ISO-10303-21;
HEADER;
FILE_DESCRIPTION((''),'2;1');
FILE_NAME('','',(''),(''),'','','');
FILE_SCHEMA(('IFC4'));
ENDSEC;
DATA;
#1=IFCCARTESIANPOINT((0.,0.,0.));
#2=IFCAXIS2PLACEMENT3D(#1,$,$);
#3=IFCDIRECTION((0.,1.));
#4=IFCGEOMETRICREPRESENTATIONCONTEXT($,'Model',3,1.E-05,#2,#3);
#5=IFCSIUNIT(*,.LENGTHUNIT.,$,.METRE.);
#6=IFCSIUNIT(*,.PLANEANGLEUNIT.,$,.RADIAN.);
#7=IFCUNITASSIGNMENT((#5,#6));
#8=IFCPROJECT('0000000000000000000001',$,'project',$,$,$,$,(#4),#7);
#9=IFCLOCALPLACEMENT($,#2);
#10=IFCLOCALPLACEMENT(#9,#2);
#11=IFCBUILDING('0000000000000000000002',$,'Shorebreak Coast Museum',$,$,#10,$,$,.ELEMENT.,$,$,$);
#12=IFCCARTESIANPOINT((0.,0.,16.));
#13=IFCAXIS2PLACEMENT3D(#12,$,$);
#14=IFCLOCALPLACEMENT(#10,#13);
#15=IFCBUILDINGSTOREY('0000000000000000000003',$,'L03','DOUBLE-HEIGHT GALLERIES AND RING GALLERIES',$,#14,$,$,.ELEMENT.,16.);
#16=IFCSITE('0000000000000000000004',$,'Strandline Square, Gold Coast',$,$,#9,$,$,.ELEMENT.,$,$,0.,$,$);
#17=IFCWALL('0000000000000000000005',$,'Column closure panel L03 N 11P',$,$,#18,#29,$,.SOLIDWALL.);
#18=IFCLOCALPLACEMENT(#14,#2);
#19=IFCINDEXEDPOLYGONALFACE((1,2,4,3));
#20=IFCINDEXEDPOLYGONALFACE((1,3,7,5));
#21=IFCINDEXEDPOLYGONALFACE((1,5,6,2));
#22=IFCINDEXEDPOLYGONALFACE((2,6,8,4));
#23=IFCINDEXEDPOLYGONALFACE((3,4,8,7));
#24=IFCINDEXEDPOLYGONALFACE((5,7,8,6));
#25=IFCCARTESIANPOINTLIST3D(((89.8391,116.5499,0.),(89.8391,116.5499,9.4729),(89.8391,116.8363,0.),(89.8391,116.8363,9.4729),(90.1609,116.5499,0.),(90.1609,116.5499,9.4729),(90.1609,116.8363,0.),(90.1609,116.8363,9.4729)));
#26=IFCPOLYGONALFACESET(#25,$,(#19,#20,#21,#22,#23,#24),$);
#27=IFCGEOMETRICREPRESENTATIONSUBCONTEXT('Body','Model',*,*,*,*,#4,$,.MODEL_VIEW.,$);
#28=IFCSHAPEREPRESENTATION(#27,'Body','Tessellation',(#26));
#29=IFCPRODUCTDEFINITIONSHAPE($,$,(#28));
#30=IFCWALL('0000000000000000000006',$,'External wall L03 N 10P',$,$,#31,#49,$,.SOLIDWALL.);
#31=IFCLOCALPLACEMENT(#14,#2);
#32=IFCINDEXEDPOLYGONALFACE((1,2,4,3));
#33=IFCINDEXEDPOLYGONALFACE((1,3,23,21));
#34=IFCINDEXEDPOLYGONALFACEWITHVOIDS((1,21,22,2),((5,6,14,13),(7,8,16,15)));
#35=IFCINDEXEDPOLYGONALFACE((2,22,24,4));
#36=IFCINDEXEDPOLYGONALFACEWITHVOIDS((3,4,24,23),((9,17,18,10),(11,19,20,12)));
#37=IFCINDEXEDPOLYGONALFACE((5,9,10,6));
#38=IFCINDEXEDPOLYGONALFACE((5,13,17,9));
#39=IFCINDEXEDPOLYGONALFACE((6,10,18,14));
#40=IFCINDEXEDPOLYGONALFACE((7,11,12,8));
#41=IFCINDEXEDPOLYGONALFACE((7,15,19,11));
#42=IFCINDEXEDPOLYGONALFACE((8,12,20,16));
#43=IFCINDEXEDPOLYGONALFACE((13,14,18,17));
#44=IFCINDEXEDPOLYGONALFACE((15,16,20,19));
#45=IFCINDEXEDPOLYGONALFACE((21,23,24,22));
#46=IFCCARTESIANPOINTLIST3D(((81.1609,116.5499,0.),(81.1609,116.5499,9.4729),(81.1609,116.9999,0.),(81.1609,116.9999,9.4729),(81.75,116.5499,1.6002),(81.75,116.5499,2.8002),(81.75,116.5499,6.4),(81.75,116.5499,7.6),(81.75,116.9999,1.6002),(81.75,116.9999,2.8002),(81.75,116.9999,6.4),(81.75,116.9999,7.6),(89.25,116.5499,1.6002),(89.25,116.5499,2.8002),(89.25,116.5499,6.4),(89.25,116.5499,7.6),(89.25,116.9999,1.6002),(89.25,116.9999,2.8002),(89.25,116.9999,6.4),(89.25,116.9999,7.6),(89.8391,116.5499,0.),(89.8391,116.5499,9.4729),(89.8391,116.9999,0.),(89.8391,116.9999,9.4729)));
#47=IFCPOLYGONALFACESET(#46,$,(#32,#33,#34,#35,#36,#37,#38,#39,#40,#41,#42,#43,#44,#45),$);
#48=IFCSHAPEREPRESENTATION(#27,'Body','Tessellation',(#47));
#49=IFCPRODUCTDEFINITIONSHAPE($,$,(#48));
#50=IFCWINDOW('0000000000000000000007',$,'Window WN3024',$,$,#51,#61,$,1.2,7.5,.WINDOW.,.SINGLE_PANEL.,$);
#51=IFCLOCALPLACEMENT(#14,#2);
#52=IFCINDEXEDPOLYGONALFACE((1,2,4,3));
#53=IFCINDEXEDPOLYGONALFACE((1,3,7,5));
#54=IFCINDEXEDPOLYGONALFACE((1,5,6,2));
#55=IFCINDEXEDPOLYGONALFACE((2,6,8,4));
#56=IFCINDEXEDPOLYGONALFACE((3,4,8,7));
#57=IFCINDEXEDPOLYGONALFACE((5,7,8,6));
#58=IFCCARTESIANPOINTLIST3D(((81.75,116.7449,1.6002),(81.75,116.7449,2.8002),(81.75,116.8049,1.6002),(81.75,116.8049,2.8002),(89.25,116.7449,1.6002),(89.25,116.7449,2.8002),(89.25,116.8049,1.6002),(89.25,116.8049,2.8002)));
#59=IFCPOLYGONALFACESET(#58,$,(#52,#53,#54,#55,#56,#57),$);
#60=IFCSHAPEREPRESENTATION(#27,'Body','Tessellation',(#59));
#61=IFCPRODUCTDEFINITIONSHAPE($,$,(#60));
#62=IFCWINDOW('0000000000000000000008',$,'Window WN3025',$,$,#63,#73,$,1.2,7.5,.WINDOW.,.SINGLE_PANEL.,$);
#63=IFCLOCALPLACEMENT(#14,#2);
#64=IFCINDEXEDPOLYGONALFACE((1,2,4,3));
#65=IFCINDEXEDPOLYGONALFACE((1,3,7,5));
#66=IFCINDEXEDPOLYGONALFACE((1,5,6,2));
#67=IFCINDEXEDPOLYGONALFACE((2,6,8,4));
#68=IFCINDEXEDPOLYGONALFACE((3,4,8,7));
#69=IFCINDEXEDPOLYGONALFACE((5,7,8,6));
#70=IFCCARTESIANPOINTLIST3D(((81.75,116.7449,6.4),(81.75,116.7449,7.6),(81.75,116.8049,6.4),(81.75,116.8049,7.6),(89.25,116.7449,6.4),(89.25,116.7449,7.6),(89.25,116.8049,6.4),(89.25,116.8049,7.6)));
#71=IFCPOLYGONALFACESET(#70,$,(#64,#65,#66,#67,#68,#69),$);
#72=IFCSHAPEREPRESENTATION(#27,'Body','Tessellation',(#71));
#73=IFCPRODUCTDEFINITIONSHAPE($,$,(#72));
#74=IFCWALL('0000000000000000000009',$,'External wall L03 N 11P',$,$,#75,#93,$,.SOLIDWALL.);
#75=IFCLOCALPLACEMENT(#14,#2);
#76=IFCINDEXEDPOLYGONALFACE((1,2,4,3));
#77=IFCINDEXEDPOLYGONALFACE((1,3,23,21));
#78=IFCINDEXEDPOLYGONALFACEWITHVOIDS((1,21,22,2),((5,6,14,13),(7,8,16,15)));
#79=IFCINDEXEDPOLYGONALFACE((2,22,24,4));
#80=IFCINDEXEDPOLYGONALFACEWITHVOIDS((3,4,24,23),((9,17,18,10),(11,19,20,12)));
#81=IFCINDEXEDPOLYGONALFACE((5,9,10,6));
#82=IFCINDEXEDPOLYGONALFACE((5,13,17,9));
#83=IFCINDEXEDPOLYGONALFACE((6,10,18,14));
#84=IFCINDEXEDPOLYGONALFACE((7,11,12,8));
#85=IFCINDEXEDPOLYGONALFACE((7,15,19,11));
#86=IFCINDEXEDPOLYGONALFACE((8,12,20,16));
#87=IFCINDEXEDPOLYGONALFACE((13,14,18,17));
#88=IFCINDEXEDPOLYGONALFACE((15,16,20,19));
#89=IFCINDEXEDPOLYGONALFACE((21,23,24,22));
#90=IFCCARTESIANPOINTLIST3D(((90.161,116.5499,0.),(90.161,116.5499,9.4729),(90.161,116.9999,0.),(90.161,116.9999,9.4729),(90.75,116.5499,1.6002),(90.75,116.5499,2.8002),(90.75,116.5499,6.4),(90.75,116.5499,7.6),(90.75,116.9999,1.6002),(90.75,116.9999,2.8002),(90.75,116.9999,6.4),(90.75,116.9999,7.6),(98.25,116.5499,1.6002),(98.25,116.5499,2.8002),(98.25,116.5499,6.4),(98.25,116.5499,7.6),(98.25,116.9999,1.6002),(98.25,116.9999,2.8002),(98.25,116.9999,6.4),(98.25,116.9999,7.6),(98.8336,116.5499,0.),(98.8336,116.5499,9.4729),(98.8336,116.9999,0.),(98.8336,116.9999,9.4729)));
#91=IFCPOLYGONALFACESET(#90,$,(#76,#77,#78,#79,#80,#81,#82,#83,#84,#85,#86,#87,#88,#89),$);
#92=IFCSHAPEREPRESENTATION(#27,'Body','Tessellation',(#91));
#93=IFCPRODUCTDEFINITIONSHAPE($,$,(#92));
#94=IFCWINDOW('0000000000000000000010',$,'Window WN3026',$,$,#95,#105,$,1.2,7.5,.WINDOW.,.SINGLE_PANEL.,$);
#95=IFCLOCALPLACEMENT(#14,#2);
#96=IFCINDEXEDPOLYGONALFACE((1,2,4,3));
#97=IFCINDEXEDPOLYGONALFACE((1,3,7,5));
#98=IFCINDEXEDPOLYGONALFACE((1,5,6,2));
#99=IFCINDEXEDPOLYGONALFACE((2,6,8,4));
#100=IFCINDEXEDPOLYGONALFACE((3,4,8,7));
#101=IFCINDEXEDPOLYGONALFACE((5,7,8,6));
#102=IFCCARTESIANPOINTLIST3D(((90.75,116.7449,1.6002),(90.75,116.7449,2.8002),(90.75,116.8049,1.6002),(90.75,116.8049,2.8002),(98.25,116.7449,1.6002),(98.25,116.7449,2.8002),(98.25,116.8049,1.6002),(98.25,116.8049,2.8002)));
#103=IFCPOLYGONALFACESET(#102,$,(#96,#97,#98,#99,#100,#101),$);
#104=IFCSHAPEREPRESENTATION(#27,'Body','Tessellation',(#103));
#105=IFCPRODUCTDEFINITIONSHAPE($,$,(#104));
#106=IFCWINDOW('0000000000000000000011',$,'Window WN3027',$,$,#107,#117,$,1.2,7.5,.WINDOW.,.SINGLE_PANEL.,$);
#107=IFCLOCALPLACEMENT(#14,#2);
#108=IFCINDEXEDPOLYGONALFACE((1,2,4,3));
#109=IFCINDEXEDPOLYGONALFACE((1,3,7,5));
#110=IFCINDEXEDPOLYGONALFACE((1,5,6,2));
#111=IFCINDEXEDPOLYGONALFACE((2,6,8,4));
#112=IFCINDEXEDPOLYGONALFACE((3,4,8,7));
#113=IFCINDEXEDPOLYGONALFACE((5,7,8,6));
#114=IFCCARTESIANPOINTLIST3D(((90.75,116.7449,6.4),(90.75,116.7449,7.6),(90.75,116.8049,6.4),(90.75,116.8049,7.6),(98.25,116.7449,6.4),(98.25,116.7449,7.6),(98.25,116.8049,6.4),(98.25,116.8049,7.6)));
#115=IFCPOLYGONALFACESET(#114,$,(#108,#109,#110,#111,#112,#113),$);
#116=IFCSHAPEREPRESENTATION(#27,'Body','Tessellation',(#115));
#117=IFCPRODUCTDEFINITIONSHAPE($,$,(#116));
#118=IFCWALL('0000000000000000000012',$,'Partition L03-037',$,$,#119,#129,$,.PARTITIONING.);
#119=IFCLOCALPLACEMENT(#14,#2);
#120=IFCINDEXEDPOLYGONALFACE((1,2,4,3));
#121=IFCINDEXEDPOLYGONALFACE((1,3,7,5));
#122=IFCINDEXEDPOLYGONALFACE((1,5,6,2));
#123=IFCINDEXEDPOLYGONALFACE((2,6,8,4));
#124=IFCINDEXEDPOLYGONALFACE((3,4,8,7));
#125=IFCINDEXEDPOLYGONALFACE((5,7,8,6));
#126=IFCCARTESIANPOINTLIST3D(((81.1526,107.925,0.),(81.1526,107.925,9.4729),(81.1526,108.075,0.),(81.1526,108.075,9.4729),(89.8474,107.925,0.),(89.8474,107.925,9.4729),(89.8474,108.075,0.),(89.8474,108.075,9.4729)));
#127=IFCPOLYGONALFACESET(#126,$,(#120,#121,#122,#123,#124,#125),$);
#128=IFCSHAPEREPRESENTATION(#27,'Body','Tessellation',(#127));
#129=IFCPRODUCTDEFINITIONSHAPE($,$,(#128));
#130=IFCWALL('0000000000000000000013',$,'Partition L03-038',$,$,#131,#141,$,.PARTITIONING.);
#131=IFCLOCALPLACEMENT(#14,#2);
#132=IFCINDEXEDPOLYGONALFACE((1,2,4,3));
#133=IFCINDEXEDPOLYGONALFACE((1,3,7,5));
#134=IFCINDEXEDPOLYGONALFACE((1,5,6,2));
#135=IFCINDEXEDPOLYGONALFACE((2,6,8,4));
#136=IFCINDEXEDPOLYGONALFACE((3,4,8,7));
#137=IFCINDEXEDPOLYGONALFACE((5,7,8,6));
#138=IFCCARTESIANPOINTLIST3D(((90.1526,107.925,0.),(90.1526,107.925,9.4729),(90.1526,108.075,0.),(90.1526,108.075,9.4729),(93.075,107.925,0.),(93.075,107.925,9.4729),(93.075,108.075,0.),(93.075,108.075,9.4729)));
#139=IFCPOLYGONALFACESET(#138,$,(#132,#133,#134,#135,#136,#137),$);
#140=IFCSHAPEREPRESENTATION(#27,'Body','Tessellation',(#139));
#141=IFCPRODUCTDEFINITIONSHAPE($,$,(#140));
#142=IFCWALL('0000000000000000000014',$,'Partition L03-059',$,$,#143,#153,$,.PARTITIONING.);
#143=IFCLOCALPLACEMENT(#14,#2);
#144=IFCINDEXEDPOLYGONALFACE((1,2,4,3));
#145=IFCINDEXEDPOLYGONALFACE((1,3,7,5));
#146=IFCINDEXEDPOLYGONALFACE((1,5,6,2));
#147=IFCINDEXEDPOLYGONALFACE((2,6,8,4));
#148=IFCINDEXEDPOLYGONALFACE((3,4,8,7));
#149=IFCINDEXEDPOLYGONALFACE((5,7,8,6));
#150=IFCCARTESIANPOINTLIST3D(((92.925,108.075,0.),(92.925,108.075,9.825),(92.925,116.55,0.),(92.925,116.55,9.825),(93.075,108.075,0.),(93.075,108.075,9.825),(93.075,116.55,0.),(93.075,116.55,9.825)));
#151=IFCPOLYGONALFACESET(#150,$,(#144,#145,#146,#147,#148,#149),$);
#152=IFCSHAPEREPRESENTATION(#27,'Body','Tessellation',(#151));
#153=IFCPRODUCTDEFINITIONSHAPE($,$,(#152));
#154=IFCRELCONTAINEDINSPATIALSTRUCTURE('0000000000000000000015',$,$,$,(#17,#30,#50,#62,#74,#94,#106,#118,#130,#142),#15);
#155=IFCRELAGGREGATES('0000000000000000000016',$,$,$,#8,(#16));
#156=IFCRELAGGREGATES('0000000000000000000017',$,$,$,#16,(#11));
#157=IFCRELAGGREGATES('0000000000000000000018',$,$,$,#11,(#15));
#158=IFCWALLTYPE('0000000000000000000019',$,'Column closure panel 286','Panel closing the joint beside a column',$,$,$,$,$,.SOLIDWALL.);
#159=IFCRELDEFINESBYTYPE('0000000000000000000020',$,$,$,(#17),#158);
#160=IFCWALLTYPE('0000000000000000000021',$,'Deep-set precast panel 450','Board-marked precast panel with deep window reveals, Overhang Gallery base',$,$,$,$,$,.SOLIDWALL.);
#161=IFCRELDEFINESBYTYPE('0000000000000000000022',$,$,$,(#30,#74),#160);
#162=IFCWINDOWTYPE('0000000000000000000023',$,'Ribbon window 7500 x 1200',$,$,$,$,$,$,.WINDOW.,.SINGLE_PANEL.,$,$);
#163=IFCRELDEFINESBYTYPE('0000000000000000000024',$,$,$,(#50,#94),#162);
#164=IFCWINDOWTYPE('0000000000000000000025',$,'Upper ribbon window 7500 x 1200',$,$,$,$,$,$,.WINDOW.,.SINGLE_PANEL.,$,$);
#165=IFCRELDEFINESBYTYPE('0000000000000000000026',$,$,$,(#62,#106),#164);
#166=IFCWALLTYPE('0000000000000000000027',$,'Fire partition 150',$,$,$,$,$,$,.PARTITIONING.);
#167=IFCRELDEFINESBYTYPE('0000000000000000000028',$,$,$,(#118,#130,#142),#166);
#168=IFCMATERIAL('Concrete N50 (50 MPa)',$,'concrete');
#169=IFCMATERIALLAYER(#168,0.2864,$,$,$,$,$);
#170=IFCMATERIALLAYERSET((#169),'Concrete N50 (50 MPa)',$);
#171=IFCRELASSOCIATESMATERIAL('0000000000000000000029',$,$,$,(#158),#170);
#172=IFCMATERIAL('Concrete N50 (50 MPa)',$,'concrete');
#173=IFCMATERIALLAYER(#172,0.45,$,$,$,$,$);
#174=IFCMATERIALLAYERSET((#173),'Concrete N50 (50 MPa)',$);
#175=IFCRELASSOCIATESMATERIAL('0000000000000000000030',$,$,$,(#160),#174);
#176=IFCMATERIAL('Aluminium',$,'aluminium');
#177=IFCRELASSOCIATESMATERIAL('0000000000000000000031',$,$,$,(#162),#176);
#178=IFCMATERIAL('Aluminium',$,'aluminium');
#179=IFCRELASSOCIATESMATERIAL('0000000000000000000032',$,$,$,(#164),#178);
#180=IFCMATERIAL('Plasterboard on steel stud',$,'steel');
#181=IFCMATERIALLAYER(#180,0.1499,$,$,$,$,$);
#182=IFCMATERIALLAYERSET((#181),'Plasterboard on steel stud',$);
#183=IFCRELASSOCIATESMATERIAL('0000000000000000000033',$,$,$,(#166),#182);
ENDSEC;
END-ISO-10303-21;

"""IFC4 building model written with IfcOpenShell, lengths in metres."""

from ifc_helpers import new_model, si_unit, direction, frame, frame_2d, origin, place, context, subcontext, project, spatial, rectangle, extrude, material, layer, layer_set, type_object, element, fill, save


model = new_model("IFC4")

# Units and contexts
model_context = context("Model", 3, precision=1e-05, world=origin(), true_north=direction((0.0, 1.0)))
body_context = subcontext(model_context, "Body", "Model", "MODEL_VIEW")
ifc_project = project(units=[si_unit("LENGTHUNIT", "METRE"), si_unit("PLANEANGLEUNIT", "RADIAN")], contexts=[model_context])

# Site, building, storey
site_placement = place(None, origin())
site = spatial("IfcSite", under=ifc_project, at=site_placement, Name="Strandline Square, Gold Coast", CompositionType="ELEMENT", RefElevation=0.0)
building_placement = place(site_placement, origin())
building = spatial("IfcBuilding", under=site, at=building_placement, Name="Shorebreak Coast Museum", CompositionType="ELEMENT")
storey_placement = place(building_placement, frame((0.0, 0.0, 16.0)))
storey = spatial("IfcBuildingStorey", under=building, at=storey_placement, Name="L03", Description="DOUBLE-HEIGHT GALLERIES AND RING GALLERIES", CompositionType="ELEMENT", Elevation=16.0)

# Wall
ifc_material_1 = material(Name="Concrete N50 (50 MPa)", Category="concrete")
ifc_layer_1 = layer(ifc_material_1, 0.2864)
ifc_layer_set_1 = layer_set([ifc_layer_1], Name="Concrete N50 (50 MPa)")
wall_type_1 = type_object("IfcWallType", Name="Column closure panel 286", Description="Panel closing the joint beside a column", PredefinedType="SOLIDWALL", material=ifc_layer_set_1)
wall_1_placement = place(storey_placement, frame((89.8391, 116.6931, 0.0), z_axis=(0.0, 0.0, 1.0), x_axis=(1.0, 0.0, 0.0)))
element("IfcWall", 1, at=wall_1_placement, inside=storey, type_object=wall_type_1, Name="Column closure panel L03 N 11P", PredefinedType="SOLIDWALL", context=body_context, shape_type="SweptSolid", body=[
    extrude(rectangle(XDim=0.3218, YDim=0.2864, at=frame_2d((0.1609, 0.0))), origin(), (0.0, 0.0, 1.0), 9.4729),
])

# Walls, openings, windows
ifc_material_2 = material(Name="Concrete N50 (50 MPa)", Category="concrete")
ifc_layer_2 = layer(ifc_material_2, 0.45)
ifc_layer_set_2 = layer_set([ifc_layer_2], Name="Concrete N50 (50 MPa)")
wall_type_2 = type_object("IfcWallType", Name="Deep-set precast panel 450", Description="Board-marked precast panel with deep window reveals, Overhang Gallery base", PredefinedType="SOLIDWALL", material=ifc_layer_set_2)
wall_2_placement = place(storey_placement, frame((81.1609, 116.7749, 0.0), z_axis=(0.0, 0.0, 1.0), x_axis=(1.0, 0.0, 0.0)))
wall_2 = element("IfcWall", 2, at=wall_2_placement, inside=storey, type_object=wall_type_2, Name="External wall L03 N 10P", PredefinedType="SOLIDWALL", context=body_context, shape_type="SweptSolid", body=[
    extrude(rectangle(XDim=8.6782, YDim=0.45, at=frame_2d((4.3391, 0.0))), origin(), (0.0, 0.0, 1.0), 9.4729),
])
opening_1_placement = place(wall_2_placement, frame((0.5891, 0.0, 1.6001)))
opening_1 = element("IfcOpeningElement", 3, at=opening_1_placement, cuts=wall_2, PredefinedType="OPENING", context=body_context, shape_type="SweptSolid", body=[
    extrude(rectangle(XDim=7.5, YDim=1.2, at=frame_2d((3.75, 0.6001))), frame((0.0, 0.2349, 0.0), z_axis=(0.0, -1.0, 0.0), x_axis=(1.0, 0.0, 0.0)), (0.0, 0.0, 1.0), 0.47),
])
opening_2_placement = place(wall_2_placement, frame((0.5891, 0.0, 6.3999)))
opening_2 = element("IfcOpeningElement", 4, at=opening_2_placement, cuts=wall_2, PredefinedType="OPENING", context=body_context, shape_type="SweptSolid", body=[
    extrude(rectangle(XDim=7.5, YDim=1.2, at=frame_2d((3.75, 0.6001))), frame((0.0, 0.2349, 0.0), z_axis=(0.0, -1.0, 0.0), x_axis=(1.0, 0.0, 0.0)), (0.0, 0.0, 1.0), 0.47),
])
ifc_material_3 = material(Name="Aluminium", Category="aluminium")
window_type_1 = type_object("IfcWindowType", Name="Ribbon window 7500 x 1200", PartitioningType="SINGLE_PANEL", PredefinedType="WINDOW", material=ifc_material_3)
window_1_placement = place(opening_1_placement, origin())
window_1 = element("IfcWindow", 5, at=window_1_placement, inside=storey, type_object=window_type_1, Name="Window WN3024", OverallHeight=1.2, OverallWidth=7.5, PartitioningType="SINGLE_PANEL", PredefinedType="WINDOW", context=body_context, shape_type="SweptSolid", body=[
    extrude(rectangle(XDim=7.5, YDim=1.2, at=frame_2d((3.75, 0.6001))), frame((0.0, 0.03, 0.0), z_axis=(0.0, -1.0, 0.0), x_axis=(1.0, 0.0, 0.0)), (0.0, 0.0, 1.0), 0.0601),
])
fill(opening_1, window_1)
ifc_material_4 = material(Name="Aluminium", Category="aluminium")
window_type_2 = type_object("IfcWindowType", Name="Upper ribbon window 7500 x 1200", PartitioningType="SINGLE_PANEL", PredefinedType="WINDOW", material=ifc_material_4)
window_2_placement = place(opening_2_placement, origin())
window_2 = element("IfcWindow", 6, at=window_2_placement, inside=storey, type_object=window_type_2, Name="Window WN3025", OverallHeight=1.2, OverallWidth=7.5, PartitioningType="SINGLE_PANEL", PredefinedType="WINDOW", context=body_context, shape_type="SweptSolid", body=[
    extrude(rectangle(XDim=7.5, YDim=1.2, at=frame_2d((3.75, 0.6001))), frame((0.0, 0.03, 0.0), z_axis=(0.0, -1.0, 0.0), x_axis=(1.0, 0.0, 0.0)), (0.0, 0.0, 1.0), 0.0601),
])
fill(opening_2, window_2)
wall_3_placement = place(storey_placement, frame((90.1609, 116.7749, 0.0), z_axis=(0.0, 0.0, 1.0), x_axis=(1.0, 0.0, 0.0)))
wall_3 = element("IfcWall", 7, at=wall_3_placement, inside=storey, type_object=wall_type_2, Name="External wall L03 N 11P", PredefinedType="SOLIDWALL", context=body_context, shape_type="SweptSolid", body=[
    extrude(rectangle(XDim=8.6726, YDim=0.45, at=frame_2d((4.3364, 0.0))), origin(), (0.0, 0.0, 1.0), 9.4729),
])
opening_3_placement = place(wall_3_placement, frame((0.5891, 0.0, 1.6001)))
opening_3 = element("IfcOpeningElement", 8, at=opening_3_placement, cuts=wall_3, PredefinedType="OPENING", context=body_context, shape_type="SweptSolid", body=[
    extrude(rectangle(XDim=7.5, YDim=1.2, at=frame_2d((3.75, 0.6001))), frame((0.0, 0.2349, 0.0), z_axis=(0.0, -1.0, 0.0), x_axis=(1.0, 0.0, 0.0)), (0.0, 0.0, 1.0), 0.47),
])
opening_4_placement = place(wall_3_placement, frame((0.5891, 0.0, 6.3999)))
opening_4 = element("IfcOpeningElement", 9, at=opening_4_placement, cuts=wall_3, PredefinedType="OPENING", context=body_context, shape_type="SweptSolid", body=[
    extrude(rectangle(XDim=7.5, YDim=1.2, at=frame_2d((3.75, 0.6001))), frame((0.0, 0.2349, 0.0), z_axis=(0.0, -1.0, 0.0), x_axis=(1.0, 0.0, 0.0)), (0.0, 0.0, 1.0), 0.47),
])
window_3_placement = place(opening_3_placement, origin())
window_3 = element("IfcWindow", 10, at=window_3_placement, inside=storey, type_object=window_type_1, Name="Window WN3026", OverallHeight=1.2, OverallWidth=7.5, PartitioningType="SINGLE_PANEL", PredefinedType="WINDOW", context=body_context, shape_type="SweptSolid", body=[
    extrude(rectangle(XDim=7.5, YDim=1.2, at=frame_2d((3.75, 0.6001))), frame((0.0, 0.03, 0.0), z_axis=(0.0, -1.0, 0.0), x_axis=(1.0, 0.0, 0.0)), (0.0, 0.0, 1.0), 0.0601),
])
fill(opening_3, window_3)
window_4_placement = place(opening_4_placement, origin())
window_4 = element("IfcWindow", 11, at=window_4_placement, inside=storey, type_object=window_type_2, Name="Window WN3027", OverallHeight=1.2, OverallWidth=7.5, PartitioningType="SINGLE_PANEL", PredefinedType="WINDOW", context=body_context, shape_type="SweptSolid", body=[
    extrude(rectangle(XDim=7.5, YDim=1.2, at=frame_2d((3.75, 0.6001))), frame((0.0, 0.03, 0.0), z_axis=(0.0, -1.0, 0.0), x_axis=(1.0, 0.0, 0.0)), (0.0, 0.0, 1.0), 0.0601),
])
fill(opening_4, window_4)

# Walls
ifc_material_5 = material(Name="Plasterboard on steel stud", Category="steel")
ifc_layer_3 = layer(ifc_material_5, 0.1499)
ifc_layer_set_3 = layer_set([ifc_layer_3], Name="Plasterboard on steel stud")
wall_type_3 = type_object("IfcWallType", Name="Fire partition 150", PredefinedType="PARTITIONING", material=ifc_layer_set_3)
wall_4_placement = place(storey_placement, frame((81.1526, 108.0, 0.0), z_axis=(0.0, 0.0, 1.0), x_axis=(1.0, 0.0, 0.0)))
element("IfcWall", 12, at=wall_4_placement, inside=storey, type_object=wall_type_3, Name="Partition L03-037", PredefinedType="PARTITIONING", context=body_context, shape_type="SweptSolid", body=[
    extrude(rectangle(XDim=8.6948, YDim=0.1499, at=frame_2d((4.3474, 0.0))), origin(), (0.0, 0.0, 1.0), 9.4729),
])
wall_5_placement = place(storey_placement, frame((90.1526, 108.0, 0.0), z_axis=(0.0, 0.0, 1.0), x_axis=(1.0, 0.0, 0.0)))
element("IfcWall", 13, at=wall_5_placement, inside=storey, type_object=wall_type_3, Name="Partition L03-038", PredefinedType="PARTITIONING", context=body_context, shape_type="SweptSolid", body=[
    extrude(rectangle(XDim=2.9224, YDim=0.1499, at=frame_2d((1.4612, 0.0))), origin(), (0.0, 0.0, 1.0), 9.4729),
])
wall_6_placement = place(storey_placement, frame((93.0, 108.075, 0.0), z_axis=(0.0, 0.0, 1.0), x_axis=(0.0, 1.0, 0.0)))
element("IfcWall", 14, at=wall_6_placement, inside=storey, type_object=wall_type_3, Name="Partition L03-059", PredefinedType="PARTITIONING", context=body_context, shape_type="SweptSolid", body=[
    extrude(rectangle(XDim=8.4751, YDim=0.1499, at=frame_2d((4.2375, 0.0))), origin(), (0.0, 0.0, 1.0), 9.825),
])

save(model, "model.ifc")
